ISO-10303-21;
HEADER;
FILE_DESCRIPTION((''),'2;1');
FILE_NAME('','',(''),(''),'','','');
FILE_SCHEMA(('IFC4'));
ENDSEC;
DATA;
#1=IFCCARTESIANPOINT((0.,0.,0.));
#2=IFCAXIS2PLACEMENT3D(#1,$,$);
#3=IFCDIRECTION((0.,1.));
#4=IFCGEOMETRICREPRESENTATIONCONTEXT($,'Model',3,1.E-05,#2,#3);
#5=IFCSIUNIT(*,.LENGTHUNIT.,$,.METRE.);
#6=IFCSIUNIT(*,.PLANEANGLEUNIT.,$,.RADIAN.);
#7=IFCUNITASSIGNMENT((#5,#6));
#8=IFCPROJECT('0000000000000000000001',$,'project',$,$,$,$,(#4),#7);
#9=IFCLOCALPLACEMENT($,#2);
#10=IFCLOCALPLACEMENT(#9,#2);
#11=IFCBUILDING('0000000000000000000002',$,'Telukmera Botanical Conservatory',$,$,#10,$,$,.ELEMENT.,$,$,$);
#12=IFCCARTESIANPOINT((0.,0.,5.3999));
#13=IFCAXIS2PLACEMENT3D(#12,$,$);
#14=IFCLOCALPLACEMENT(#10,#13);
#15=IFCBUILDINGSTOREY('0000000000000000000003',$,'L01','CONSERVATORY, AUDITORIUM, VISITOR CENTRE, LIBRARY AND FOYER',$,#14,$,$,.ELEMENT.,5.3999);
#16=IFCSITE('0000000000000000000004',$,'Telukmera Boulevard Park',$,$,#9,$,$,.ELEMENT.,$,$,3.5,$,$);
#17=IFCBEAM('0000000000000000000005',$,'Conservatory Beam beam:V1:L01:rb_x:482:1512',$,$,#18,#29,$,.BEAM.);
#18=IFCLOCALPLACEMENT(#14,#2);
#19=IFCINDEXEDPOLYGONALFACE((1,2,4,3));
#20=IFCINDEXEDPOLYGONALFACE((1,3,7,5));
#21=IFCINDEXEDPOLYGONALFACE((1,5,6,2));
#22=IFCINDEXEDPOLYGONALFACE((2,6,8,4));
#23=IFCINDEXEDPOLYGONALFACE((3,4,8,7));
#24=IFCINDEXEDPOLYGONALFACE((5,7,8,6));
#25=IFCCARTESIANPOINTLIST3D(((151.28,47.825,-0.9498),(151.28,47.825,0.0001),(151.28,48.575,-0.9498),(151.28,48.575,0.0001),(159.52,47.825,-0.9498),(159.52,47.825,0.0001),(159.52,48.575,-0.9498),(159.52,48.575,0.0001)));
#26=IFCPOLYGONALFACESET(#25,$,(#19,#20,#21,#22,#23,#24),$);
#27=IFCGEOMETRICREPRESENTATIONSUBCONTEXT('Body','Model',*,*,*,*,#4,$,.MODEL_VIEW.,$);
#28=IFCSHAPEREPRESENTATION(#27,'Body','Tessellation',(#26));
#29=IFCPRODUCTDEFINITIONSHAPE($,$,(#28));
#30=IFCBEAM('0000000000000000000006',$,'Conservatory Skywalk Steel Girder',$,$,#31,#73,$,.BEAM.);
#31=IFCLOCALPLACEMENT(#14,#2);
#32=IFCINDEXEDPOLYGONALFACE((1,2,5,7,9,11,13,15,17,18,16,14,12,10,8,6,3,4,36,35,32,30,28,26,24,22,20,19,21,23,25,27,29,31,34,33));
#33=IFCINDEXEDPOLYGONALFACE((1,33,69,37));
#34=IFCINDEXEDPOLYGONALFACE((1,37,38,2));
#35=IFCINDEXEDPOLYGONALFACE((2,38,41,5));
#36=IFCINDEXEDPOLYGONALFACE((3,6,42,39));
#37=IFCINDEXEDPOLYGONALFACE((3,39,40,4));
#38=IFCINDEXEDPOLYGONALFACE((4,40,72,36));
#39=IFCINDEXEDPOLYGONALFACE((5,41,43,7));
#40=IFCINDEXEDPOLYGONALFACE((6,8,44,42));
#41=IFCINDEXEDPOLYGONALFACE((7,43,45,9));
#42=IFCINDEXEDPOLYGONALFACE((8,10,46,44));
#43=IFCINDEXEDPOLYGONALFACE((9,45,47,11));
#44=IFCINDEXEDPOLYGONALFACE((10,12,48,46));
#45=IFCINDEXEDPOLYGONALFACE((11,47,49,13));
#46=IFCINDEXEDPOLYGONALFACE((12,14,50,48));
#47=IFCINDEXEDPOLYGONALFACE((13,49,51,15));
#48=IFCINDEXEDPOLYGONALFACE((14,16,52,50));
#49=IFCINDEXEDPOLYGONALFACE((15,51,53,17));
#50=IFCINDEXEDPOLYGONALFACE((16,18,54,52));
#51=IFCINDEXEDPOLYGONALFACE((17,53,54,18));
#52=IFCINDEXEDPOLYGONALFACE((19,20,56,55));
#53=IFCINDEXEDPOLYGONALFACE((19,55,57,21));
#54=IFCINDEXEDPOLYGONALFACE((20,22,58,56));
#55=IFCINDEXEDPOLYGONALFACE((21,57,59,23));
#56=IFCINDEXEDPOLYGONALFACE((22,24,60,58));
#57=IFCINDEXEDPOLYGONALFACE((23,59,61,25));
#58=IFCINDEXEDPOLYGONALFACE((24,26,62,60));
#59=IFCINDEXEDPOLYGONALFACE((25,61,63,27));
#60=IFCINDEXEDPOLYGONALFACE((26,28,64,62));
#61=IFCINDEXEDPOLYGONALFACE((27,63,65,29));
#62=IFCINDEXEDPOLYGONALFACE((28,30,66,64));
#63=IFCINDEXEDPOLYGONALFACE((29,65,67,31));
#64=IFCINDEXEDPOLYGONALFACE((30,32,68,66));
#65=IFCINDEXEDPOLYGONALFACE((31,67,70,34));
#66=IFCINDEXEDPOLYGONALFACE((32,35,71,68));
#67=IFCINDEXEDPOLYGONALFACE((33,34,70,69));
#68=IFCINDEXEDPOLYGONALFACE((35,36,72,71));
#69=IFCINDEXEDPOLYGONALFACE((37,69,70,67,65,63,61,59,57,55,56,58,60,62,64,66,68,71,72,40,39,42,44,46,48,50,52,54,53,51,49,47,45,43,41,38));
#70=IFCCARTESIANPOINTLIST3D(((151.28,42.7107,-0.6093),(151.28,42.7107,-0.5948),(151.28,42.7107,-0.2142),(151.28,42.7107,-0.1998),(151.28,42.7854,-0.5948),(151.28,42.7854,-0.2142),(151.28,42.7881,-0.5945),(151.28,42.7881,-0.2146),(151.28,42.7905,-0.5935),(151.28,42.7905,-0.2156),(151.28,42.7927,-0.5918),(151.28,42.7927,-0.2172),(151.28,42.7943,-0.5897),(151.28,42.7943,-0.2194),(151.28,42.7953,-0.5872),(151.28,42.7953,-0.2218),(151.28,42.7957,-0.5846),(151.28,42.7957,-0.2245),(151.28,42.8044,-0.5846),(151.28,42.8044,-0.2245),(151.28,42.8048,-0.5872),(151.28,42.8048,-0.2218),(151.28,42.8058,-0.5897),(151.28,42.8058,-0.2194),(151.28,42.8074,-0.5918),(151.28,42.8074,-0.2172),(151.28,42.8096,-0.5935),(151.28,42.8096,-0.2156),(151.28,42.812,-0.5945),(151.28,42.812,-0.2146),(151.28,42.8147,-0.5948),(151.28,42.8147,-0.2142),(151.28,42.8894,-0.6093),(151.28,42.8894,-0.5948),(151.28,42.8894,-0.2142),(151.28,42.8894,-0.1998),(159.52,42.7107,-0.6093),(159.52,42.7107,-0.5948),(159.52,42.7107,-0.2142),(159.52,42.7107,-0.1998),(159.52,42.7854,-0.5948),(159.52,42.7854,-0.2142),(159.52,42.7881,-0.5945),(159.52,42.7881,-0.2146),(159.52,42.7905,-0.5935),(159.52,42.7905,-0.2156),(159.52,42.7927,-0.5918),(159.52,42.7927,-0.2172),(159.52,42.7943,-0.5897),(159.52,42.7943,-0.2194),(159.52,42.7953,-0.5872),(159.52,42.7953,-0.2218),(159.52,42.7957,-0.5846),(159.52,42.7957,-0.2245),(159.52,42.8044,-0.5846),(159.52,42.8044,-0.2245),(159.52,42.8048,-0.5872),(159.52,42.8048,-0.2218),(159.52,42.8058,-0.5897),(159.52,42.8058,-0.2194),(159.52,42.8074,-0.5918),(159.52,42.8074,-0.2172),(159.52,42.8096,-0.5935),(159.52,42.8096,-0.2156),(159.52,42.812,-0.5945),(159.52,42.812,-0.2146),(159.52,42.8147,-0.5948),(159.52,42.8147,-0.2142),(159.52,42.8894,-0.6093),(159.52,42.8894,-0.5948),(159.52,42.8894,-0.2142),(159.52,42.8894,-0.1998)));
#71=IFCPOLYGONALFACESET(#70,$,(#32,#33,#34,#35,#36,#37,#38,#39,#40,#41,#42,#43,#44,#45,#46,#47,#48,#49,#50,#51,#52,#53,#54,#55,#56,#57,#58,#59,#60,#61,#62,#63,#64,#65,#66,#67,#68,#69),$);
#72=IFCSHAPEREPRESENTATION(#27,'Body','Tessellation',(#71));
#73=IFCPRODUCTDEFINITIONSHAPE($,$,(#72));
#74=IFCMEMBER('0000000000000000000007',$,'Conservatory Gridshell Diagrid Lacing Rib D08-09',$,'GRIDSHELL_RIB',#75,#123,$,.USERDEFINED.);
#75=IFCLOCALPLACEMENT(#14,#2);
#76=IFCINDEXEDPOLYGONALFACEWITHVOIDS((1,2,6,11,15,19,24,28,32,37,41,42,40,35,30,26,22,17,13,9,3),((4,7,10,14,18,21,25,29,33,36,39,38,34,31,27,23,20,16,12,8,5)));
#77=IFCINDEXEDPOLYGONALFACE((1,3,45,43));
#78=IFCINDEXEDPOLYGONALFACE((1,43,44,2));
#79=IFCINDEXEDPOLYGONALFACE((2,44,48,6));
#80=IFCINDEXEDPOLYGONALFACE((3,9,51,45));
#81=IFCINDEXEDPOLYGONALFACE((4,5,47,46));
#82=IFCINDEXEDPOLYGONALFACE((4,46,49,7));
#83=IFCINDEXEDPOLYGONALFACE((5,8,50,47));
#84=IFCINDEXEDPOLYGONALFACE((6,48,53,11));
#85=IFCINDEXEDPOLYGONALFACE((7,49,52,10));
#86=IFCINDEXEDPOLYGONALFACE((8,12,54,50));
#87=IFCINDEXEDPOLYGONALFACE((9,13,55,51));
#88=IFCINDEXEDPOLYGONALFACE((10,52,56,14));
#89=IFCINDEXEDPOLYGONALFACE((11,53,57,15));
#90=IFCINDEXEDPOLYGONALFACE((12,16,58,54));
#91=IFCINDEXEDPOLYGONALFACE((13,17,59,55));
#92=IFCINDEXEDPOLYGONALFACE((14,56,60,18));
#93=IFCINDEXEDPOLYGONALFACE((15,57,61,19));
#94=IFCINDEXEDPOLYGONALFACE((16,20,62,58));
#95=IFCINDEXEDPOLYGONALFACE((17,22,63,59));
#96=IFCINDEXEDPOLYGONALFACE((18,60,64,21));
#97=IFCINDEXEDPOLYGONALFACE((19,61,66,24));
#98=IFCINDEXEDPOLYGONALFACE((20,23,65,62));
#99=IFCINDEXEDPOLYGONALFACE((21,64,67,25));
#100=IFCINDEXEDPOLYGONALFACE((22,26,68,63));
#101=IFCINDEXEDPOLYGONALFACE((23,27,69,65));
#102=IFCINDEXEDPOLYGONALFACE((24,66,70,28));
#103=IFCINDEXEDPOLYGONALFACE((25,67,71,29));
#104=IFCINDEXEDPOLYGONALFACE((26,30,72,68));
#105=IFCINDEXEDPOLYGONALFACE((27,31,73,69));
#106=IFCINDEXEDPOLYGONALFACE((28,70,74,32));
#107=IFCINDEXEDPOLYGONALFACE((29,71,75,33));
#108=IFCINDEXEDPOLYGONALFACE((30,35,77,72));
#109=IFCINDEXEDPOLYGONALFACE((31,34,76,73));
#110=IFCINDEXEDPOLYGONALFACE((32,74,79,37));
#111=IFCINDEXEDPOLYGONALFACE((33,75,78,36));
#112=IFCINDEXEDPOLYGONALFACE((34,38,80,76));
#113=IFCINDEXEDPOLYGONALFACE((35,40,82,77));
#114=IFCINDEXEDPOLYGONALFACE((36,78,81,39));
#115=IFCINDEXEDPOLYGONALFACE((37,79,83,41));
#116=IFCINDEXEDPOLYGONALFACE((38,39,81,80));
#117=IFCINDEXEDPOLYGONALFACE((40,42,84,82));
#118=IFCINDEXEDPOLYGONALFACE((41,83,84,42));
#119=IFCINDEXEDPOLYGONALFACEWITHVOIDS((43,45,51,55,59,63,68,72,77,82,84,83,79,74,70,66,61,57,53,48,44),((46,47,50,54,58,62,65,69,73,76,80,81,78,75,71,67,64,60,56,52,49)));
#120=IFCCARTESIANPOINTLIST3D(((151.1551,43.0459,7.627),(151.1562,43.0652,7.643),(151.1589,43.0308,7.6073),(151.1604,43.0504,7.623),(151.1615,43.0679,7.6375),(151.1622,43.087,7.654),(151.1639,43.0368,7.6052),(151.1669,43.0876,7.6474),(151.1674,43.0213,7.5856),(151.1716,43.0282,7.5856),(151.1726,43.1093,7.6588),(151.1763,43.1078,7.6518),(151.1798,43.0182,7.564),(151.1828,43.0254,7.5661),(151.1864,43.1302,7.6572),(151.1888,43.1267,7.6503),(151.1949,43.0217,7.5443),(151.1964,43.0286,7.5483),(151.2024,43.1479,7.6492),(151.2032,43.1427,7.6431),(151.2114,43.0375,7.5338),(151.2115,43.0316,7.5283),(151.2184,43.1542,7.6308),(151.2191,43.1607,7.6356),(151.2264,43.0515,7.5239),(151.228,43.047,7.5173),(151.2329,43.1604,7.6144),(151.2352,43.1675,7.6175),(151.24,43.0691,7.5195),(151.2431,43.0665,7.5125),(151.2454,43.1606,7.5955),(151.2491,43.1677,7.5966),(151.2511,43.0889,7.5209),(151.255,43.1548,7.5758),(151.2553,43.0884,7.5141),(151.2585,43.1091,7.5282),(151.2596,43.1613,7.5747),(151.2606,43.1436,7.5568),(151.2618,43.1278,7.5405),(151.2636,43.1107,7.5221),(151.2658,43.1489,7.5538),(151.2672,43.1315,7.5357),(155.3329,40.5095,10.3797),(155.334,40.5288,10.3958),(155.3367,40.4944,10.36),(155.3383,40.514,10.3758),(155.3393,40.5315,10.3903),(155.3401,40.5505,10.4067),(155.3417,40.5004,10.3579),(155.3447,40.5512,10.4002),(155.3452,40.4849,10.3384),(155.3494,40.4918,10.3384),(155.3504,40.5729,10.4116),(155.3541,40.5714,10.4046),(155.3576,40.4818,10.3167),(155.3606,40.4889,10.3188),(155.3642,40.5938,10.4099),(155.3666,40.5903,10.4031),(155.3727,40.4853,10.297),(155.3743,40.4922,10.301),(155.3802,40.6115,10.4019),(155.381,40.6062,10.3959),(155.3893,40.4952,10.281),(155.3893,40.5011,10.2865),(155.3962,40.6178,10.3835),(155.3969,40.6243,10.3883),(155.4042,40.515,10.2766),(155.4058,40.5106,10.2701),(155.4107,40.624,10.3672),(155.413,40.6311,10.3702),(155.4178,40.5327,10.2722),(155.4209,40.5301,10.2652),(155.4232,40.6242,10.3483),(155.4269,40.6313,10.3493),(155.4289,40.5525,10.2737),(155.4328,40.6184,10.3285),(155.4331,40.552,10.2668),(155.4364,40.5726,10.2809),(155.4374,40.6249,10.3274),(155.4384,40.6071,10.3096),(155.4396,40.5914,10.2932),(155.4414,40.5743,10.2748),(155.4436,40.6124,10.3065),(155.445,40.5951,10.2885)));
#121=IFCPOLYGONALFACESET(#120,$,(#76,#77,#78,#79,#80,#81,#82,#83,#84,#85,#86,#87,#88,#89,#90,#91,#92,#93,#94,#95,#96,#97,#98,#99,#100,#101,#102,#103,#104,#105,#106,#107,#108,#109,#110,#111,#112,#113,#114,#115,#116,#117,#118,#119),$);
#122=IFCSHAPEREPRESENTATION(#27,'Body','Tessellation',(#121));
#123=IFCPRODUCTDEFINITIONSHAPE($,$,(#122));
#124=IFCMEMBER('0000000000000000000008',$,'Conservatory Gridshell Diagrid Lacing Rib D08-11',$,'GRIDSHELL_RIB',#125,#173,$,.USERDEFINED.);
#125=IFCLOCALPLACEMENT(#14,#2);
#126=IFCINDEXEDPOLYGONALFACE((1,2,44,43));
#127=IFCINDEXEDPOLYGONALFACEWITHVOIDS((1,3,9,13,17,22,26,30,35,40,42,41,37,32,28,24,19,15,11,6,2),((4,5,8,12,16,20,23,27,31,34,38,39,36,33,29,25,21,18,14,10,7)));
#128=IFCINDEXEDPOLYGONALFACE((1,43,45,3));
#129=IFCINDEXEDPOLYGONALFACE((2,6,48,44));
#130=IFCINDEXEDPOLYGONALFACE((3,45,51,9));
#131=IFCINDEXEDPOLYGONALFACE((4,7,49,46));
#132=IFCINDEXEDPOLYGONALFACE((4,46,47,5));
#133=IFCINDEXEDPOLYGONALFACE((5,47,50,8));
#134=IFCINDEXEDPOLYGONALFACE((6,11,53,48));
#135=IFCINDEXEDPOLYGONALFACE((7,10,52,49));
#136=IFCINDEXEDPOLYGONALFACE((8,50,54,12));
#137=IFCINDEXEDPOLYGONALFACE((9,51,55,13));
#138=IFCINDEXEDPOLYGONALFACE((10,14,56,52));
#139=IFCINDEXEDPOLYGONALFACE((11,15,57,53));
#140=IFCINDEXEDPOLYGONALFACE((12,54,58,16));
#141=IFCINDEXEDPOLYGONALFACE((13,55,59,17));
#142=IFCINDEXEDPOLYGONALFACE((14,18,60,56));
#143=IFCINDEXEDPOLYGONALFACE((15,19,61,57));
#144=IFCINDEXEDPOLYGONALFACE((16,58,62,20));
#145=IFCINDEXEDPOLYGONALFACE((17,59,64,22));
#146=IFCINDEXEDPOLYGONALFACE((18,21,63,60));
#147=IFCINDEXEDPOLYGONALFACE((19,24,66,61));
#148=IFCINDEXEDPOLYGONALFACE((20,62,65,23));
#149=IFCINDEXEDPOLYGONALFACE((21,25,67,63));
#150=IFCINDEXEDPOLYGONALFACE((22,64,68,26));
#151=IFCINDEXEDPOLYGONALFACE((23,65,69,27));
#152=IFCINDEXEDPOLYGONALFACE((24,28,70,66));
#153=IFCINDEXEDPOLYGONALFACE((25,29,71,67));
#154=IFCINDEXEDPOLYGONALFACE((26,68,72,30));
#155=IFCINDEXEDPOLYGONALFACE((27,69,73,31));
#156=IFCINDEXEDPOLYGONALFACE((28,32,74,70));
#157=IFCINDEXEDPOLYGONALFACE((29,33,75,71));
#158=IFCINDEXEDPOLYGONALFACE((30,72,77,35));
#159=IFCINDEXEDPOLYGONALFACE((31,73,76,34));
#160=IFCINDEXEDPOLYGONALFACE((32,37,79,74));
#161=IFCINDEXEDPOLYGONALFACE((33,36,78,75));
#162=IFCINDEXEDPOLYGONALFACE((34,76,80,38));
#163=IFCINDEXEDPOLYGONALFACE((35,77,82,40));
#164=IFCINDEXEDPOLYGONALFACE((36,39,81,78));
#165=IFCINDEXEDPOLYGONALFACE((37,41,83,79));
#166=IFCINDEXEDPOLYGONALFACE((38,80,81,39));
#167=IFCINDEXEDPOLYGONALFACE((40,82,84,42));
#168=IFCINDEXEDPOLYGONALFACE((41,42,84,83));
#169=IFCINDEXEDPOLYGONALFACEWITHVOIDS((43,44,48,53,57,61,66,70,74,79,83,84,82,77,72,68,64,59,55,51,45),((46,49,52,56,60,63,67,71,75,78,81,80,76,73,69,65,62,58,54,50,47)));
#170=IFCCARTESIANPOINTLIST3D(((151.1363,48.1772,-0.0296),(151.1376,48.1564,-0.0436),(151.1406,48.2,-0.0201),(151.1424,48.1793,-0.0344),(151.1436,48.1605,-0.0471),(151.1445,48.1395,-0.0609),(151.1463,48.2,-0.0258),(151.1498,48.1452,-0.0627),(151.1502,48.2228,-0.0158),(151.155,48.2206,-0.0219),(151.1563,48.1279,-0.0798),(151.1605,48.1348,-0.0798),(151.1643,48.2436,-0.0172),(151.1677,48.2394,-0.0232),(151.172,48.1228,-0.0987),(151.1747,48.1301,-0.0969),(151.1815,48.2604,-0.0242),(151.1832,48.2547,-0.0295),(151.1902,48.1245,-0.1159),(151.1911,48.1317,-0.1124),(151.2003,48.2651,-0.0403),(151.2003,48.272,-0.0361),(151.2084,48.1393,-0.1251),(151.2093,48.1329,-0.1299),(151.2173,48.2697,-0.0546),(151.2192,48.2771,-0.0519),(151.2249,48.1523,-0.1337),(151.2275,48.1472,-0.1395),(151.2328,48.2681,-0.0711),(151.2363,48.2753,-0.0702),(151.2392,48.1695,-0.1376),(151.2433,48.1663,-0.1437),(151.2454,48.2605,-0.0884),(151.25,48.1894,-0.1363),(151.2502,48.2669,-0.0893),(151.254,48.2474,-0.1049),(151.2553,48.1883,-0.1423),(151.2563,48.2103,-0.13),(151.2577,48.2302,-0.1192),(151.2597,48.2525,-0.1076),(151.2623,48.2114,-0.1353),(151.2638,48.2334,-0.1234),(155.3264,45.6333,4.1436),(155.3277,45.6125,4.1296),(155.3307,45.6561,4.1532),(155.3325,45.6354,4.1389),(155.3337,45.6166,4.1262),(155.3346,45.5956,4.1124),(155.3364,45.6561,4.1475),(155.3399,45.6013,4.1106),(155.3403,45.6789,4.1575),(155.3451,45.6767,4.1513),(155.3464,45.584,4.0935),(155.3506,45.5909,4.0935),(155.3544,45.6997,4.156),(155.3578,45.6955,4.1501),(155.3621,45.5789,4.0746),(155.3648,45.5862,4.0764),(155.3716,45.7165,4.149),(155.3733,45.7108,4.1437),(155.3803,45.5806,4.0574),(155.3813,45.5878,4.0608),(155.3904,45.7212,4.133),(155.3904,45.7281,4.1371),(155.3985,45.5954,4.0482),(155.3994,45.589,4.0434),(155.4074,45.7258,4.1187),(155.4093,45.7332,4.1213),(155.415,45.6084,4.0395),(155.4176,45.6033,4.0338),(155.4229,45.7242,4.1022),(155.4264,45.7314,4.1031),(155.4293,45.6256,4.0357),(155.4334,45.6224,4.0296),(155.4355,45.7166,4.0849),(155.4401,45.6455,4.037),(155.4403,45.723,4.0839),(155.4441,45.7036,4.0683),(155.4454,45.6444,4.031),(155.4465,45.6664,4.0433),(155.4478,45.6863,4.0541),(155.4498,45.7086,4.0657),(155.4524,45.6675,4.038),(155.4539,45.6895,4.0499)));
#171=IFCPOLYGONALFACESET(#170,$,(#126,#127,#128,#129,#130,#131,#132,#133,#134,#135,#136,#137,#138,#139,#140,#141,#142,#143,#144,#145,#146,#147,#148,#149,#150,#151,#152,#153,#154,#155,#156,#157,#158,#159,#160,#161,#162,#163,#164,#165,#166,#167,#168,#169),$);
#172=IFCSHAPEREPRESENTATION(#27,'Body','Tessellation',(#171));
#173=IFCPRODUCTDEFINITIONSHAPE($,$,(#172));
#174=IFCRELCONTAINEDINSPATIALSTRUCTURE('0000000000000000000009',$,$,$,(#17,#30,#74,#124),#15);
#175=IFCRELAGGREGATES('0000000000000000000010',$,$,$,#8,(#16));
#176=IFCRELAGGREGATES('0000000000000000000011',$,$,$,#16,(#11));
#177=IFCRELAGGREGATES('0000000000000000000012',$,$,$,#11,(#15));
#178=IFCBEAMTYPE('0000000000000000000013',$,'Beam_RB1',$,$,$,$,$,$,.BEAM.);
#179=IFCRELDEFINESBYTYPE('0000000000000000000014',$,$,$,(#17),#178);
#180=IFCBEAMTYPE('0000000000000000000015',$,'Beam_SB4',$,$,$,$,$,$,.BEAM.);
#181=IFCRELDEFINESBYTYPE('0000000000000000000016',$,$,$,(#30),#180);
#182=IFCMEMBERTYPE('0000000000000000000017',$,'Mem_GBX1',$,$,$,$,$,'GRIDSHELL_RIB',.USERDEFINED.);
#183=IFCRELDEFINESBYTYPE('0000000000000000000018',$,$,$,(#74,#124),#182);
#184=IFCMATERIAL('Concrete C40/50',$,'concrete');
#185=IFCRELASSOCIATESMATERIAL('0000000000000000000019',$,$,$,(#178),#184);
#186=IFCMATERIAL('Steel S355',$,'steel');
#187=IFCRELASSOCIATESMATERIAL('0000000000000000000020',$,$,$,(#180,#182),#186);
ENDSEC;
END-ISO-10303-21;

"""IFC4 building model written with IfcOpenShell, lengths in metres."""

from ifc_helpers import new_model, si_unit, direction, frame, origin, origin_2d, place, context, subcontext, project, spatial, rectangle, hollow_circle, i_section, extrude, material, material_profile, profile_set, type_object, element, save


model = new_model("IFC4")

# Units and contexts
model_context = context("Model", 3, precision=1e-05, world=origin(), true_north=direction((0.0, 1.0)))
body_context = subcontext(model_context, "Body", "Model", "MODEL_VIEW")
ifc_project = project(units=[si_unit("LENGTHUNIT", "METRE"), si_unit("PLANEANGLEUNIT", "RADIAN")], contexts=[model_context])

# Site, building, storey
site_placement = place(None, origin())
site = spatial("IfcSite", under=ifc_project, at=site_placement, Name="Telukmera Boulevard Park", CompositionType="ELEMENT", RefElevation=3.5)
building_placement = place(site_placement, origin())
building = spatial("IfcBuilding", under=site, at=building_placement, Name="Telukmera Botanical Conservatory", CompositionType="ELEMENT")
storey_placement = place(building_placement, frame((0.0, 0.0, 5.3999)))
storey = spatial("IfcBuildingStorey", under=building, at=storey_placement, Name="L01", Description="CONSERVATORY, AUDITORIUM, VISITOR CENTRE, LIBRARY AND FOYER", CompositionType="ELEMENT", Elevation=5.3999)

# Beams
ifc_material_1 = material(Name="Concrete C40/50", Category="concrete")
ifc_material_profile_1 = material_profile(ifc_material_1, rectangle(XDim=0.75, YDim=0.95, at=origin_2d()), Name="RC 750x950")
ifc_profile_set_1 = profile_set([ifc_material_profile_1], Name="Concrete C40/50")
beam_type_1 = type_object("IfcBeamType", Name="Beam_RB1", PredefinedType="BEAM", material=ifc_profile_set_1)
beam_1_placement = place(storey_placement, frame((151.28, 48.2, -0.4749), z_axis=(1.0, 0.0, 0.0), x_axis=(0.0, 1.0, 0.0)))
element("IfcBeam", 1, at=beam_1_placement, inside=storey, type_object=beam_type_1, Name="Conservatory Beam beam:V1:L01:rb_x:482:1512", PredefinedType="BEAM", context=body_context, shape_type="SweptSolid", body=[
    extrude(rectangle(XDim=0.75, YDim=0.95, at=origin_2d()), origin(), (0.0, 0.0, 1.0), 8.24),
])
ifc_material_2 = material(Name="Steel S355", Category="steel")
ifc_material_profile_2 = material_profile(ifc_material_2, i_section(OverallWidth=0.1787, OverallDepth=0.4094, WebThickness=0.0088, FlangeThickness=0.0144, FilletRadius=0.0103, at=origin_2d()), Name="UB 406x178x67")
ifc_profile_set_2 = profile_set([ifc_material_profile_2], Name="Steel S355")
beam_type_2 = type_object("IfcBeamType", Name="Beam_SB4", PredefinedType="BEAM", material=ifc_profile_set_2)
beam_2_placement = place(storey_placement, frame((151.28, 42.8, -0.4045), z_axis=(1.0, 0.0, 0.0), x_axis=(0.0, 1.0, 0.0)))
element("IfcBeam", 2, at=beam_2_placement, inside=storey, type_object=beam_type_2, Name="Conservatory Skywalk Steel Girder", PredefinedType="BEAM", context=body_context, shape_type="SweptSolid", body=[
    extrude(i_section(OverallWidth=0.1787, OverallDepth=0.4094, WebThickness=0.0088, FlangeThickness=0.0144, FilletRadius=0.0103, at=origin_2d()), origin(), (0.0, 0.0, 1.0), 8.24),
])

# Members
ifc_material_profile_3 = material_profile(ifc_material_2, hollow_circle(Radius=0.0842, WallThickness=0.0081, at=origin_2d()), Name="CHS 168.3x8.0")
ifc_profile_set_3 = profile_set([ifc_material_profile_3], Name="Steel S355")
member_type_1 = type_object("IfcMemberType", Name="Mem_GBX1", ElementType="GRIDSHELL_RIB", PredefinedType="USERDEFINED", material=ifc_profile_set_3)
member_1_placement = place(storey_placement, frame((155.3889, 40.5569, 10.3384), z_axis=(-0.744791, 0.452176, -0.490738), x_axis=(-0.518962, -0.854797, 0.0)))
element("IfcMember", 3, at=member_1_placement, inside=storey, type_object=member_type_1, Name="Conservatory Gridshell Diagrid Lacing Rib D08-09", ObjectType="GRIDSHELL_RIB", PredefinedType="USERDEFINED", context=body_context, shape_type="SweptSolid", body=[
    extrude(hollow_circle(Radius=0.0842, WallThickness=0.0081, at=origin_2d()), origin(), (0.0, 0.0, 1.0), 5.6094),
])
member_2_placement = place(storey_placement, frame((155.3901, 45.656, 4.0935), z_axis=(-0.650866, 0.395154, -0.648249), x_axis=(-0.518964, -0.854796, 0.0)))
element("IfcMember", 4, at=member_2_placement, inside=storey, type_object=member_type_1, Name="Conservatory Gridshell Diagrid Lacing Rib D08-11", ObjectType="GRIDSHELL_RIB", PredefinedType="USERDEFINED", context=body_context, shape_type="SweptSolid", body=[
    extrude(hollow_circle(Radius=0.0842, WallThickness=0.0081, at=origin_2d()), origin(), (0.0, 0.0, 1.0), 6.4377),
])

save(model, "model.ifc")
